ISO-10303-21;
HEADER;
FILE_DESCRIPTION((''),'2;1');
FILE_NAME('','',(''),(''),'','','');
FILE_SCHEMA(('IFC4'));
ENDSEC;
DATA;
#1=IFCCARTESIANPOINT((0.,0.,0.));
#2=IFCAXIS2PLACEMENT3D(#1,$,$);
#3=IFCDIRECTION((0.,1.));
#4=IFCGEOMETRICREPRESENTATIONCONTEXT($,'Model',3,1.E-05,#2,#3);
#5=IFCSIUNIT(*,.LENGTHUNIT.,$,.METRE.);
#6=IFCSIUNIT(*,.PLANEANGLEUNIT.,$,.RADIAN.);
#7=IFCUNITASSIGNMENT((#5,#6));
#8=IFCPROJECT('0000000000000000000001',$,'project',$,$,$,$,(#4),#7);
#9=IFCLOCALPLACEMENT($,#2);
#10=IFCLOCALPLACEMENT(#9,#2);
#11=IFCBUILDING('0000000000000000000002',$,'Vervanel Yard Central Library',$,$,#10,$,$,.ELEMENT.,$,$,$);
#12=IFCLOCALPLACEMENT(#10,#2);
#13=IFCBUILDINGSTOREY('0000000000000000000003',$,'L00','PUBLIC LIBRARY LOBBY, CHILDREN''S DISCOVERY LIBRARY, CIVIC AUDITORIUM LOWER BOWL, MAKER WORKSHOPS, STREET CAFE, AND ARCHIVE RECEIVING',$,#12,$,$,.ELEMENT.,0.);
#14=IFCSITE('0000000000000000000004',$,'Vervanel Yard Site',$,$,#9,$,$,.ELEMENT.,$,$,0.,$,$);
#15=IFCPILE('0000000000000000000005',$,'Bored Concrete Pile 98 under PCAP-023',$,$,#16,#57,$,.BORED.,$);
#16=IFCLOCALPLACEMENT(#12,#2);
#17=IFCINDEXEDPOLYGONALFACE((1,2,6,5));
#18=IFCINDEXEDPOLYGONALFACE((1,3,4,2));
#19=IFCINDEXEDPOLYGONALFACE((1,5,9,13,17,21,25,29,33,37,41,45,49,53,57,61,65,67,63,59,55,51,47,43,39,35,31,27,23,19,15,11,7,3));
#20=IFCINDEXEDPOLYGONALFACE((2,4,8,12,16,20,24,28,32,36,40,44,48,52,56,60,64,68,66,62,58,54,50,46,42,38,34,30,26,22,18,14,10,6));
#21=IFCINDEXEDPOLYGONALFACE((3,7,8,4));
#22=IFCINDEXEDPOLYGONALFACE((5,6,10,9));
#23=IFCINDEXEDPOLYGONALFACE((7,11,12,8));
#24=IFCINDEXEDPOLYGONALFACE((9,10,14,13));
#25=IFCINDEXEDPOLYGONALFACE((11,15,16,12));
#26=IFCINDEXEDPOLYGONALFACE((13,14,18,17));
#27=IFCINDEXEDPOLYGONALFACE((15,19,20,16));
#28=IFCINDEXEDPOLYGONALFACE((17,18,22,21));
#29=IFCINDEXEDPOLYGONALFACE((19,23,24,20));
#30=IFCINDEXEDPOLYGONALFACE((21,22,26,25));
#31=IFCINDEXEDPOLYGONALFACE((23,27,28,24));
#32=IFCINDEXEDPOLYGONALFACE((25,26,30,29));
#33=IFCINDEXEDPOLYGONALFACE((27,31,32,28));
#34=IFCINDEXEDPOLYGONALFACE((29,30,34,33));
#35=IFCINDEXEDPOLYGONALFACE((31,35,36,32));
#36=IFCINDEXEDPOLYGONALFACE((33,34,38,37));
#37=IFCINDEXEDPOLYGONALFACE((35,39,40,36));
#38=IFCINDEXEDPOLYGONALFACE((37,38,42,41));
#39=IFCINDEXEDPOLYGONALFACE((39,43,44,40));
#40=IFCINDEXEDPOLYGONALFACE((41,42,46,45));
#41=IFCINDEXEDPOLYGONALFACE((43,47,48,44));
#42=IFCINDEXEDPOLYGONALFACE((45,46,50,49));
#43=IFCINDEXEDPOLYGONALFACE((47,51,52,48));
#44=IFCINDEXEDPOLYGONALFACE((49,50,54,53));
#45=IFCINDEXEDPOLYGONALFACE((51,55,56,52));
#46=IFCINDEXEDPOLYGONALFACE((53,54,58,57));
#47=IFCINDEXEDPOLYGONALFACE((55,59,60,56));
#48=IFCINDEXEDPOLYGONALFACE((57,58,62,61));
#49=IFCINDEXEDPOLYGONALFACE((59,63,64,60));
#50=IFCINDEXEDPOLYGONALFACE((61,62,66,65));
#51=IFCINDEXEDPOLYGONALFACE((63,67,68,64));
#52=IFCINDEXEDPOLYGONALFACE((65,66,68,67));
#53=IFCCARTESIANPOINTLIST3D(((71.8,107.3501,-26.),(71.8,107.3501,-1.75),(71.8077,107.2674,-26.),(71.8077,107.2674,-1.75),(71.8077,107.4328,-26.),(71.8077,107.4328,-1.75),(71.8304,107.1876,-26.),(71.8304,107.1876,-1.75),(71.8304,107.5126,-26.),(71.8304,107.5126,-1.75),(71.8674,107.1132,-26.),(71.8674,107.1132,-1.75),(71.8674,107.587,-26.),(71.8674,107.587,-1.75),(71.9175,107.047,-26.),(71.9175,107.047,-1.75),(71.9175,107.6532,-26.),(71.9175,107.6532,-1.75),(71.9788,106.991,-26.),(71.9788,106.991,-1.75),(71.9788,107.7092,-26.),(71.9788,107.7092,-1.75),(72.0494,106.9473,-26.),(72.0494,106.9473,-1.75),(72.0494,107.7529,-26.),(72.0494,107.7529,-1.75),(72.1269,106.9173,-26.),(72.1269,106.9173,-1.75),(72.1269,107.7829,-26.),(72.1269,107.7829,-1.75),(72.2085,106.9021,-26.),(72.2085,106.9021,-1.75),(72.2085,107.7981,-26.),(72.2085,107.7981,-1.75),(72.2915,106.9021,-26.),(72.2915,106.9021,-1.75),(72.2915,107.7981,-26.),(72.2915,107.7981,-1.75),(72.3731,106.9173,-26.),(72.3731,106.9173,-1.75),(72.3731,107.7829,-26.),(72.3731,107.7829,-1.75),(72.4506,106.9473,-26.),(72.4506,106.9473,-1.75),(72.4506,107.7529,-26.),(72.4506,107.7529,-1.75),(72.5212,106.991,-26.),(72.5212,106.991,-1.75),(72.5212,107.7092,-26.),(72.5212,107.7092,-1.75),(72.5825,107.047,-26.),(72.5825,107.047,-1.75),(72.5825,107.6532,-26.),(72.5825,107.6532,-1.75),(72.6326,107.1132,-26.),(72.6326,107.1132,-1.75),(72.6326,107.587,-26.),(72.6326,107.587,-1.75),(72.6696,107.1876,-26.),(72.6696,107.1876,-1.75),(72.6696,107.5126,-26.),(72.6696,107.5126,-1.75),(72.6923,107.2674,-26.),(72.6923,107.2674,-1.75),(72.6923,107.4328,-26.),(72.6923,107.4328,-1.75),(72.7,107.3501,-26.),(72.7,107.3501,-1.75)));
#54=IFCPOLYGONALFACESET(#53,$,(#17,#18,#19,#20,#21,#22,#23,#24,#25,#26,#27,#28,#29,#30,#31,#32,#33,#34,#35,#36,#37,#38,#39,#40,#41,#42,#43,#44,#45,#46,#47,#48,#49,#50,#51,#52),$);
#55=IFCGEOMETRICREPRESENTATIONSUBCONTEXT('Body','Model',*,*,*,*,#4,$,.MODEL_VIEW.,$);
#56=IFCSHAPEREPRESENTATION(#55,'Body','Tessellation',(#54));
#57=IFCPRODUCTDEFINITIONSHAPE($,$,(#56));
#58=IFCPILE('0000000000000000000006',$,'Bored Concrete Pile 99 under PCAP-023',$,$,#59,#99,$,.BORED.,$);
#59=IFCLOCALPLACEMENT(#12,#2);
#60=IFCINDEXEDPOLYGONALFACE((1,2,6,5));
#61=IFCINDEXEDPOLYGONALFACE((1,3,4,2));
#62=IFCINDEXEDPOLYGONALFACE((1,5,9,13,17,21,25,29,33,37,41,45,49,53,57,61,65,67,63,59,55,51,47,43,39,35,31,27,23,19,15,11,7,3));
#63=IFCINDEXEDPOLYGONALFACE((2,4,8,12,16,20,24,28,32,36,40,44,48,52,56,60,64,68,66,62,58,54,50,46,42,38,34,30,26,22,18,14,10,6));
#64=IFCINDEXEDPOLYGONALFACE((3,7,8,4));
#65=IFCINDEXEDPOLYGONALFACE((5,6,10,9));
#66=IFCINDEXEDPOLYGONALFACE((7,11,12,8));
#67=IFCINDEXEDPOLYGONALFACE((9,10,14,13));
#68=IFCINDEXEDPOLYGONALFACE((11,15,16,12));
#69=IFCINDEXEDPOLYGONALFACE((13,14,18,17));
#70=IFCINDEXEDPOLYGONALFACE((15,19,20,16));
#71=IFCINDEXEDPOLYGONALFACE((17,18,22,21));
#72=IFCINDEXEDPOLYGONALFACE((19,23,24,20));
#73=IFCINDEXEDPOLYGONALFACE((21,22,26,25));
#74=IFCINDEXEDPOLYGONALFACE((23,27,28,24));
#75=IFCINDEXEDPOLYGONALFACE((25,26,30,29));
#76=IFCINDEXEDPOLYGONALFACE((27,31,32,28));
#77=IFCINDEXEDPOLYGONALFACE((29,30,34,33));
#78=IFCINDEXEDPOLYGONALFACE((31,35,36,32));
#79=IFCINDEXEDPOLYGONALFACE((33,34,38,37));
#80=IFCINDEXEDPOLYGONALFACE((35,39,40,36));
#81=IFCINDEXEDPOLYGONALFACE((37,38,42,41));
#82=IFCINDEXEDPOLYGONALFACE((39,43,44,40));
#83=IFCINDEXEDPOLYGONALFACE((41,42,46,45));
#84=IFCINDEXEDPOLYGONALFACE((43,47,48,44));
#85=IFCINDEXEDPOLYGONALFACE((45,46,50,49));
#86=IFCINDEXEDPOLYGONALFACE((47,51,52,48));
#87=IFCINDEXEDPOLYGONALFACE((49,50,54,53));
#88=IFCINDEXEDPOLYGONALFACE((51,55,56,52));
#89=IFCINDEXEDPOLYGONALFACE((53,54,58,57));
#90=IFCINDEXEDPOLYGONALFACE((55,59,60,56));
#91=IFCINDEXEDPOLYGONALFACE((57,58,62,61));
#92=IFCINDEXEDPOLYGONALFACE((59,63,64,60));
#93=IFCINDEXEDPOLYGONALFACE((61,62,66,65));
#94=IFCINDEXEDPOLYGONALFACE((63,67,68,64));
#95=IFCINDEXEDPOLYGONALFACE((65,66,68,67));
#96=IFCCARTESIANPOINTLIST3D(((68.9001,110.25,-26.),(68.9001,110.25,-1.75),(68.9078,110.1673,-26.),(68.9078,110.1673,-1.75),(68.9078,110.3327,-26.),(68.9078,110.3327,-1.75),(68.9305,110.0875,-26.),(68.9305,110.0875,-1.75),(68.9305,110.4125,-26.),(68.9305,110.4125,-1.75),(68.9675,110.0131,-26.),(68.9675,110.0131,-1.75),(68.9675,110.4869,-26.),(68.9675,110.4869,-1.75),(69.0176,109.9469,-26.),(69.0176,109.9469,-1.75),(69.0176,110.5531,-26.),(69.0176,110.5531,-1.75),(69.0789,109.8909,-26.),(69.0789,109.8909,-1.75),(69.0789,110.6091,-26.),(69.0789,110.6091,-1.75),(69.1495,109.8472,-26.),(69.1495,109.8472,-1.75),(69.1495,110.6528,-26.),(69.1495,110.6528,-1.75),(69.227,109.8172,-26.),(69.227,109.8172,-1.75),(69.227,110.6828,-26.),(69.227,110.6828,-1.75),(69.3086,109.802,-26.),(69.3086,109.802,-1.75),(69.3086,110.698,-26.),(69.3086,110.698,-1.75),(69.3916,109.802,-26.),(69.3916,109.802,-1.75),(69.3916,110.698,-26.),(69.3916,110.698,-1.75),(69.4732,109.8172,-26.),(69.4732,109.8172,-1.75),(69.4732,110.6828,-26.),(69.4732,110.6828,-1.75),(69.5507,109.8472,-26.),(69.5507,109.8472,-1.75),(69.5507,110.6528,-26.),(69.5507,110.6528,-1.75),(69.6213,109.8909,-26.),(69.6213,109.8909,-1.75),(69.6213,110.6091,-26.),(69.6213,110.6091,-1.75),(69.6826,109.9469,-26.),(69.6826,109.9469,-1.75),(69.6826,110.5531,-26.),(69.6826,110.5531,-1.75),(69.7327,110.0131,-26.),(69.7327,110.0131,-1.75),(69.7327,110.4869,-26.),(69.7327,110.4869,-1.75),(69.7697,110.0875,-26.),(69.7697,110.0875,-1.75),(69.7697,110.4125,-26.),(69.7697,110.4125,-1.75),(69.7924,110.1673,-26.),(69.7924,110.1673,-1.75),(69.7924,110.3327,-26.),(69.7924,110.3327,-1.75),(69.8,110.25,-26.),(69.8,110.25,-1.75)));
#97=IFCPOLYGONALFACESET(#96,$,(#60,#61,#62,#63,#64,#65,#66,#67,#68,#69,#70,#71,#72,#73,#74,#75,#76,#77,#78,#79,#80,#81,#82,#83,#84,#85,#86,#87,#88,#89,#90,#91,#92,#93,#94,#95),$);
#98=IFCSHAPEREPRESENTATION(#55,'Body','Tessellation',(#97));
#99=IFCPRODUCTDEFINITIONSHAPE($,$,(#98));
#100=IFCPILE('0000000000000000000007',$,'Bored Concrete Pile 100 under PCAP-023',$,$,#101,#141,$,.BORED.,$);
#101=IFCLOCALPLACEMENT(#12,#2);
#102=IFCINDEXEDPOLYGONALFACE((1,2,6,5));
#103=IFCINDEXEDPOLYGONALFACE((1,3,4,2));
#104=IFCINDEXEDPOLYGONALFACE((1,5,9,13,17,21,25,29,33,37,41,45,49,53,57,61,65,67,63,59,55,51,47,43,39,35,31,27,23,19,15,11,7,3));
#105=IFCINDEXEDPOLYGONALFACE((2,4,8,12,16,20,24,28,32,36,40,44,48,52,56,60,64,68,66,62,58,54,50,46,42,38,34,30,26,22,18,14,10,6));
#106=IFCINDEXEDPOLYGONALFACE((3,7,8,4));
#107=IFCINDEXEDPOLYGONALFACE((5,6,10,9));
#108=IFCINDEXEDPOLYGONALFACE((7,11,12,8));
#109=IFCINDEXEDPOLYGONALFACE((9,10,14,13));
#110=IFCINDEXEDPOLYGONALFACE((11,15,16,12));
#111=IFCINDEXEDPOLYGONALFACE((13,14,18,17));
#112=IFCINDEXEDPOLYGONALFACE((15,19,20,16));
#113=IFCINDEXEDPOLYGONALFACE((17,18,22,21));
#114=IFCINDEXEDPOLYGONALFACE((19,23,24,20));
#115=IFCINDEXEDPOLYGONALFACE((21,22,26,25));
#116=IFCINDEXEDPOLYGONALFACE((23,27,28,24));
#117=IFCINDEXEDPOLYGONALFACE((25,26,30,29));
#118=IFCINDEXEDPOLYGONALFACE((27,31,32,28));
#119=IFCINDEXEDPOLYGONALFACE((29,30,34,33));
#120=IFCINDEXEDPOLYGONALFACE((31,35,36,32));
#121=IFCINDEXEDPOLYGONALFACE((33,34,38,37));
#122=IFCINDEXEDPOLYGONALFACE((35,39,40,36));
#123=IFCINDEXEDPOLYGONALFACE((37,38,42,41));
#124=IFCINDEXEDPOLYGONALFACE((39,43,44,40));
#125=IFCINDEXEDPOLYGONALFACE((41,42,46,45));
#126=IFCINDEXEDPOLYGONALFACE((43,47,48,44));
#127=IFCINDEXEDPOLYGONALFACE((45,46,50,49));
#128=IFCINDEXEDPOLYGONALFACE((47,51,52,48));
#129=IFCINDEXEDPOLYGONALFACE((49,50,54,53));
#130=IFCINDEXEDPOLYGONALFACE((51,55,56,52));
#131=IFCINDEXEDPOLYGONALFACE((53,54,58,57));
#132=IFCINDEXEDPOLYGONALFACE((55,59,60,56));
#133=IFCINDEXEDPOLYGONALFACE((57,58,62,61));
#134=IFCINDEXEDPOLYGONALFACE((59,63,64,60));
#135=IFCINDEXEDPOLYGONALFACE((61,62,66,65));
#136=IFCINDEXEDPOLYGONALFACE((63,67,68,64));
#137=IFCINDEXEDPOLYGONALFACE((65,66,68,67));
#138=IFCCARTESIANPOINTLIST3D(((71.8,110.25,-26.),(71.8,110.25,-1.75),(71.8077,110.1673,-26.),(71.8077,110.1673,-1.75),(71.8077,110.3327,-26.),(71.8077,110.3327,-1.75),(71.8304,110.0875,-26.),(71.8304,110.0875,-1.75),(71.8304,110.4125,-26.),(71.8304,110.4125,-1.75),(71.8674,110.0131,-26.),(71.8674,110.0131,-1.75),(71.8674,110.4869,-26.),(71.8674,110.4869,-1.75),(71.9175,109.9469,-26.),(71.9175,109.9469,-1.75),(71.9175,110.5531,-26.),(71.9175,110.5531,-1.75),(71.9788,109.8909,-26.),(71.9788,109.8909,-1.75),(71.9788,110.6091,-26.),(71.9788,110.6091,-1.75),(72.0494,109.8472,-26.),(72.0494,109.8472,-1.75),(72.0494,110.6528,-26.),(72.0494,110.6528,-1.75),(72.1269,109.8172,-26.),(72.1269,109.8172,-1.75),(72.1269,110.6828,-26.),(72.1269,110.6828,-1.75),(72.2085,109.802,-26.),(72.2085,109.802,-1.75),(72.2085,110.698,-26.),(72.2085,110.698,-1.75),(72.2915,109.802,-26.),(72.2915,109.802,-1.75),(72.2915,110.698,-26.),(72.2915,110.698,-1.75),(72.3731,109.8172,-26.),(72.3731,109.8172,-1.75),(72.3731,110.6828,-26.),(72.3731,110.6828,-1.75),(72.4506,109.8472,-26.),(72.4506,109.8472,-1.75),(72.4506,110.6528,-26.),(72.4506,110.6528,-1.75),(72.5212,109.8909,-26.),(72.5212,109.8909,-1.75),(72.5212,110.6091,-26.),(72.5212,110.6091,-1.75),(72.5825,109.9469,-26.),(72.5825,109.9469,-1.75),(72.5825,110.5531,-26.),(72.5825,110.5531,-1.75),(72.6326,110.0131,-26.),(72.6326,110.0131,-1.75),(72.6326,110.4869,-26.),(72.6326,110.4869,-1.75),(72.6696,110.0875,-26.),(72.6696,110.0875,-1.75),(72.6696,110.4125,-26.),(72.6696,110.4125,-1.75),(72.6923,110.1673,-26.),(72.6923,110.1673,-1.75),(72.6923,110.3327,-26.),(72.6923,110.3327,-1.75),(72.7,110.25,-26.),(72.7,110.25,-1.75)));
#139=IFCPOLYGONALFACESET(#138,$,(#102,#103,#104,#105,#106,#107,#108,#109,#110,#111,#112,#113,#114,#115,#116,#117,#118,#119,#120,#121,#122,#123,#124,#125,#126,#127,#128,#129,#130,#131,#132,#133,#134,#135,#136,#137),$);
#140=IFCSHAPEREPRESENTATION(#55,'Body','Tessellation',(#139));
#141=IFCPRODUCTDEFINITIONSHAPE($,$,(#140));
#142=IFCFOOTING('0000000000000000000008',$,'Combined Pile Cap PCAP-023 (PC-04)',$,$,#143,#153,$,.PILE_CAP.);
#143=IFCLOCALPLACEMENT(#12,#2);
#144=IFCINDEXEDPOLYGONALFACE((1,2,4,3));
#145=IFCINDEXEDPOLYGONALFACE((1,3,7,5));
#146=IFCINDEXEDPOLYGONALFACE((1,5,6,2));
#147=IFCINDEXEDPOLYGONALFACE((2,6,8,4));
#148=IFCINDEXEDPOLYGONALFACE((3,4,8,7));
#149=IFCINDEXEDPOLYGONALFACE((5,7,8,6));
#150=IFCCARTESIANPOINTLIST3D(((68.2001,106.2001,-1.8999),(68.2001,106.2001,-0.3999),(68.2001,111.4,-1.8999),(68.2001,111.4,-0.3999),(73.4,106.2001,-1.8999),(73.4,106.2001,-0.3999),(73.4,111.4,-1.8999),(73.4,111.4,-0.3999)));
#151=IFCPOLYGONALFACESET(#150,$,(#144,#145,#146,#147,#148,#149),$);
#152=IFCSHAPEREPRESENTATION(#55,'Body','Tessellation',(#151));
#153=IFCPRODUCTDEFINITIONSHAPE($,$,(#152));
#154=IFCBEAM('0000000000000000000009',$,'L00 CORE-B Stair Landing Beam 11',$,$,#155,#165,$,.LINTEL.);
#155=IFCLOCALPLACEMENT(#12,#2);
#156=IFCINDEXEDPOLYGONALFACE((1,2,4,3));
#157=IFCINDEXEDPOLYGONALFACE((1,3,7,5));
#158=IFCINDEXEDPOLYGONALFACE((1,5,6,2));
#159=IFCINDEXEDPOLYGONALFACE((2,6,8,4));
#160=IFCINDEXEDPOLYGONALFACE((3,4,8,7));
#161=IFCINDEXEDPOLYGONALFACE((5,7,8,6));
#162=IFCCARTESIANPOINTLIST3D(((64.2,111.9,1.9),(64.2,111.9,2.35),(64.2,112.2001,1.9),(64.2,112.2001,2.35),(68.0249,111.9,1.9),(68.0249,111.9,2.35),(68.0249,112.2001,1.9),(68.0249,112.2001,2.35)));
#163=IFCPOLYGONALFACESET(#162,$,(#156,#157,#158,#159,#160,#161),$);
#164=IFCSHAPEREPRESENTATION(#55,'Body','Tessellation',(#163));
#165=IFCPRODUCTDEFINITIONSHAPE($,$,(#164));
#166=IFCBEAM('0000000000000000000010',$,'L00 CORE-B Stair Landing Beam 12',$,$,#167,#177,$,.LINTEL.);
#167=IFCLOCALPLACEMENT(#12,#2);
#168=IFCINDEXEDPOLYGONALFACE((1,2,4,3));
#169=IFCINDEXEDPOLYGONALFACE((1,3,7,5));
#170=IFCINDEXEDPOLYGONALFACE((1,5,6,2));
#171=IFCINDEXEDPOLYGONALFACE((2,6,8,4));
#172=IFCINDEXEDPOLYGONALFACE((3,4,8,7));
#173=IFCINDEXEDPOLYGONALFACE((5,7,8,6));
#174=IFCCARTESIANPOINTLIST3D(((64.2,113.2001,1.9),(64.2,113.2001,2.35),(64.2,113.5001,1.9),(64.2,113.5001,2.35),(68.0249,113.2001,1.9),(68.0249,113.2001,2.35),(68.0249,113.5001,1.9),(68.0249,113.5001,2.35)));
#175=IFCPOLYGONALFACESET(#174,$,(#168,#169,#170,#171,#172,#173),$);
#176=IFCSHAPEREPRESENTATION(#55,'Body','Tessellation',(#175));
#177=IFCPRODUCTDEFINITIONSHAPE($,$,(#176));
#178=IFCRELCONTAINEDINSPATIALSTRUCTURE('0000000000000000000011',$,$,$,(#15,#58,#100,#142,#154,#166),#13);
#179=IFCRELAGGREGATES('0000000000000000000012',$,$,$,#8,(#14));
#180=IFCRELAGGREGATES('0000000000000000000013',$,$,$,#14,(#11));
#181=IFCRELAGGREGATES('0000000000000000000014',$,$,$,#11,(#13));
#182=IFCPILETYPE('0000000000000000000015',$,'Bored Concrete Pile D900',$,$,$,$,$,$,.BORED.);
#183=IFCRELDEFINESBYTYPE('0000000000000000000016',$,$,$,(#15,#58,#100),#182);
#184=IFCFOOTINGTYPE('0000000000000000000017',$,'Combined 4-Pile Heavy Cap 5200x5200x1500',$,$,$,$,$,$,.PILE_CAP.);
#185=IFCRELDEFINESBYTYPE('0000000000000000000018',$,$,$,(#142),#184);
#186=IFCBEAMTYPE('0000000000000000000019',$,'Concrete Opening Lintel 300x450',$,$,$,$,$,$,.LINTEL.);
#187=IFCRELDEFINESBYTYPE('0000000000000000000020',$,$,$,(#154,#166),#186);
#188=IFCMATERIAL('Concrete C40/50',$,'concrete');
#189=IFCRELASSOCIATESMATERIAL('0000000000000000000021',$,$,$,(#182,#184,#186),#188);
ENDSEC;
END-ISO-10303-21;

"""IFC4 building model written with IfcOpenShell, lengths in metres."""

from ifc_helpers import new_model, si_unit, direction, frame, origin, origin_2d, place, context, subcontext, project, spatial, rectangle, circle, extrude, material, material_profile, profile_set, type_object, element, save


model = new_model("IFC4")

# Units and contexts
model_context = context("Model", 3, precision=1e-05, world=origin(), true_north=direction((0.0, 1.0)))
body_context = subcontext(model_context, "Body", "Model", "MODEL_VIEW")
ifc_project = project(units=[si_unit("LENGTHUNIT", "METRE"), si_unit("PLANEANGLEUNIT", "RADIAN")], contexts=[model_context])

# Site, building, storey
site_placement = place(None, origin())
site = spatial("IfcSite", under=ifc_project, at=site_placement, Name="Vervanel Yard Site", CompositionType="ELEMENT", RefElevation=0.0)
building_placement = place(site_placement, origin())
building = spatial("IfcBuilding", under=site, at=building_placement, Name="Vervanel Yard Central Library", CompositionType="ELEMENT")
storey_placement = place(building_placement, origin())
storey = spatial("IfcBuildingStorey", under=building, at=storey_placement, Name="L00", Description="PUBLIC LIBRARY LOBBY, CHILDREN'S DISCOVERY LIBRARY, CIVIC AUDITORIUM LOWER BOWL, MAKER WORKSHOPS, STREET CAFE, AND ARCHIVE RECEIVING", CompositionType="ELEMENT", Elevation=0.0)

# Piles
ifc_material_1 = material(Name="Concrete C40/50", Category="concrete")
ifc_material_profile_1 = material_profile(ifc_material_1, circle(Radius=0.45, at=origin_2d()), Name="BP D900", Category="concrete")
ifc_profile_set_1 = profile_set([ifc_material_profile_1], Name="Concrete C40/50")
pile_type_1 = type_object("IfcPileType", Name="Bored Concrete Pile D900", PredefinedType="BORED", material=ifc_profile_set_1)
for number, where, z_axis, x_axis, name in (
    (1, (72.25, 107.3501, -1.75), (0.0, 0.0, -1.0), (1.0, 0.0, 0.0), "Bored Concrete Pile 98 under PCAP-023"),
    (2, (69.3501, 110.25, -1.75), (0.0, 0.0, -1.0), (1.0, 0.0, 0.0), "Bored Concrete Pile 99 under PCAP-023"),
    (3, (72.25, 110.25, -1.75), (0.0, 0.0, -1.0), (1.0, 0.0, 0.0), "Bored Concrete Pile 100 under PCAP-023"),
):
    element("IfcPile", number, at=place(storey_placement, frame(where, z_axis=z_axis, x_axis=x_axis)), inside=storey, type_object=pile_type_1, Name=name, PredefinedType="BORED", context=body_context, shape_type="SweptSolid", body=[
        extrude(circle(Radius=0.45, at=origin_2d()), origin(), (0.0, 0.0, 1.0), 24.25),
    ])

# Footing
footing_type = type_object("IfcFootingType", Name="Combined 4-Pile Heavy Cap 5200x5200x1500", PredefinedType="PILE_CAP", material=ifc_material_1)
footing_placement = place(storey_placement, frame((70.8, 108.8, -1.8999), z_axis=(0.0, 0.0, 1.0), x_axis=(1.0, 0.0, 0.0)))
element("IfcFooting", 4, at=footing_placement, inside=storey, type_object=footing_type, Name="Combined Pile Cap PCAP-023 (PC-04)", PredefinedType="PILE_CAP", context=body_context, shape_type="SweptSolid", body=[
    extrude(rectangle(XDim=5.2, YDim=5.2, at=origin_2d()), origin(), (0.0, 0.0, 1.0), 1.5),
])

# Beams
ifc_material_profile_2 = material_profile(ifc_material_1, rectangle(XDim=0.3, YDim=0.45, at=origin_2d()), Name="RC 300x450", Category="concrete")
ifc_profile_set_2 = profile_set([ifc_material_profile_2], Name="Concrete C40/50")
beam_type = type_object("IfcBeamType", Name="Concrete Opening Lintel 300x450", PredefinedType="LINTEL", material=ifc_profile_set_2)
for number, where, z_axis, x_axis, name in (
    (5, (64.2, 112.05, 2.125), (1.0, 0.0, 0.0), (0.0, 1.0, 0.0), "L00 CORE-B Stair Landing Beam 11"),
    (6, (64.2, 113.3501, 2.125), (1.0, 0.0, 0.0), (0.0, 1.0, 0.0), "L00 CORE-B Stair Landing Beam 12"),
):
    element("IfcBeam", number, at=place(storey_placement, frame(where, z_axis=z_axis, x_axis=x_axis)), inside=storey, type_object=beam_type, Name=name, PredefinedType="LINTEL", context=body_context, shape_type="SweptSolid", body=[
        extrude(rectangle(XDim=0.3, YDim=0.45, at=origin_2d()), origin(), (0.0, 0.0, 1.0), 3.825),
    ])

save(model, "model.ifc")
